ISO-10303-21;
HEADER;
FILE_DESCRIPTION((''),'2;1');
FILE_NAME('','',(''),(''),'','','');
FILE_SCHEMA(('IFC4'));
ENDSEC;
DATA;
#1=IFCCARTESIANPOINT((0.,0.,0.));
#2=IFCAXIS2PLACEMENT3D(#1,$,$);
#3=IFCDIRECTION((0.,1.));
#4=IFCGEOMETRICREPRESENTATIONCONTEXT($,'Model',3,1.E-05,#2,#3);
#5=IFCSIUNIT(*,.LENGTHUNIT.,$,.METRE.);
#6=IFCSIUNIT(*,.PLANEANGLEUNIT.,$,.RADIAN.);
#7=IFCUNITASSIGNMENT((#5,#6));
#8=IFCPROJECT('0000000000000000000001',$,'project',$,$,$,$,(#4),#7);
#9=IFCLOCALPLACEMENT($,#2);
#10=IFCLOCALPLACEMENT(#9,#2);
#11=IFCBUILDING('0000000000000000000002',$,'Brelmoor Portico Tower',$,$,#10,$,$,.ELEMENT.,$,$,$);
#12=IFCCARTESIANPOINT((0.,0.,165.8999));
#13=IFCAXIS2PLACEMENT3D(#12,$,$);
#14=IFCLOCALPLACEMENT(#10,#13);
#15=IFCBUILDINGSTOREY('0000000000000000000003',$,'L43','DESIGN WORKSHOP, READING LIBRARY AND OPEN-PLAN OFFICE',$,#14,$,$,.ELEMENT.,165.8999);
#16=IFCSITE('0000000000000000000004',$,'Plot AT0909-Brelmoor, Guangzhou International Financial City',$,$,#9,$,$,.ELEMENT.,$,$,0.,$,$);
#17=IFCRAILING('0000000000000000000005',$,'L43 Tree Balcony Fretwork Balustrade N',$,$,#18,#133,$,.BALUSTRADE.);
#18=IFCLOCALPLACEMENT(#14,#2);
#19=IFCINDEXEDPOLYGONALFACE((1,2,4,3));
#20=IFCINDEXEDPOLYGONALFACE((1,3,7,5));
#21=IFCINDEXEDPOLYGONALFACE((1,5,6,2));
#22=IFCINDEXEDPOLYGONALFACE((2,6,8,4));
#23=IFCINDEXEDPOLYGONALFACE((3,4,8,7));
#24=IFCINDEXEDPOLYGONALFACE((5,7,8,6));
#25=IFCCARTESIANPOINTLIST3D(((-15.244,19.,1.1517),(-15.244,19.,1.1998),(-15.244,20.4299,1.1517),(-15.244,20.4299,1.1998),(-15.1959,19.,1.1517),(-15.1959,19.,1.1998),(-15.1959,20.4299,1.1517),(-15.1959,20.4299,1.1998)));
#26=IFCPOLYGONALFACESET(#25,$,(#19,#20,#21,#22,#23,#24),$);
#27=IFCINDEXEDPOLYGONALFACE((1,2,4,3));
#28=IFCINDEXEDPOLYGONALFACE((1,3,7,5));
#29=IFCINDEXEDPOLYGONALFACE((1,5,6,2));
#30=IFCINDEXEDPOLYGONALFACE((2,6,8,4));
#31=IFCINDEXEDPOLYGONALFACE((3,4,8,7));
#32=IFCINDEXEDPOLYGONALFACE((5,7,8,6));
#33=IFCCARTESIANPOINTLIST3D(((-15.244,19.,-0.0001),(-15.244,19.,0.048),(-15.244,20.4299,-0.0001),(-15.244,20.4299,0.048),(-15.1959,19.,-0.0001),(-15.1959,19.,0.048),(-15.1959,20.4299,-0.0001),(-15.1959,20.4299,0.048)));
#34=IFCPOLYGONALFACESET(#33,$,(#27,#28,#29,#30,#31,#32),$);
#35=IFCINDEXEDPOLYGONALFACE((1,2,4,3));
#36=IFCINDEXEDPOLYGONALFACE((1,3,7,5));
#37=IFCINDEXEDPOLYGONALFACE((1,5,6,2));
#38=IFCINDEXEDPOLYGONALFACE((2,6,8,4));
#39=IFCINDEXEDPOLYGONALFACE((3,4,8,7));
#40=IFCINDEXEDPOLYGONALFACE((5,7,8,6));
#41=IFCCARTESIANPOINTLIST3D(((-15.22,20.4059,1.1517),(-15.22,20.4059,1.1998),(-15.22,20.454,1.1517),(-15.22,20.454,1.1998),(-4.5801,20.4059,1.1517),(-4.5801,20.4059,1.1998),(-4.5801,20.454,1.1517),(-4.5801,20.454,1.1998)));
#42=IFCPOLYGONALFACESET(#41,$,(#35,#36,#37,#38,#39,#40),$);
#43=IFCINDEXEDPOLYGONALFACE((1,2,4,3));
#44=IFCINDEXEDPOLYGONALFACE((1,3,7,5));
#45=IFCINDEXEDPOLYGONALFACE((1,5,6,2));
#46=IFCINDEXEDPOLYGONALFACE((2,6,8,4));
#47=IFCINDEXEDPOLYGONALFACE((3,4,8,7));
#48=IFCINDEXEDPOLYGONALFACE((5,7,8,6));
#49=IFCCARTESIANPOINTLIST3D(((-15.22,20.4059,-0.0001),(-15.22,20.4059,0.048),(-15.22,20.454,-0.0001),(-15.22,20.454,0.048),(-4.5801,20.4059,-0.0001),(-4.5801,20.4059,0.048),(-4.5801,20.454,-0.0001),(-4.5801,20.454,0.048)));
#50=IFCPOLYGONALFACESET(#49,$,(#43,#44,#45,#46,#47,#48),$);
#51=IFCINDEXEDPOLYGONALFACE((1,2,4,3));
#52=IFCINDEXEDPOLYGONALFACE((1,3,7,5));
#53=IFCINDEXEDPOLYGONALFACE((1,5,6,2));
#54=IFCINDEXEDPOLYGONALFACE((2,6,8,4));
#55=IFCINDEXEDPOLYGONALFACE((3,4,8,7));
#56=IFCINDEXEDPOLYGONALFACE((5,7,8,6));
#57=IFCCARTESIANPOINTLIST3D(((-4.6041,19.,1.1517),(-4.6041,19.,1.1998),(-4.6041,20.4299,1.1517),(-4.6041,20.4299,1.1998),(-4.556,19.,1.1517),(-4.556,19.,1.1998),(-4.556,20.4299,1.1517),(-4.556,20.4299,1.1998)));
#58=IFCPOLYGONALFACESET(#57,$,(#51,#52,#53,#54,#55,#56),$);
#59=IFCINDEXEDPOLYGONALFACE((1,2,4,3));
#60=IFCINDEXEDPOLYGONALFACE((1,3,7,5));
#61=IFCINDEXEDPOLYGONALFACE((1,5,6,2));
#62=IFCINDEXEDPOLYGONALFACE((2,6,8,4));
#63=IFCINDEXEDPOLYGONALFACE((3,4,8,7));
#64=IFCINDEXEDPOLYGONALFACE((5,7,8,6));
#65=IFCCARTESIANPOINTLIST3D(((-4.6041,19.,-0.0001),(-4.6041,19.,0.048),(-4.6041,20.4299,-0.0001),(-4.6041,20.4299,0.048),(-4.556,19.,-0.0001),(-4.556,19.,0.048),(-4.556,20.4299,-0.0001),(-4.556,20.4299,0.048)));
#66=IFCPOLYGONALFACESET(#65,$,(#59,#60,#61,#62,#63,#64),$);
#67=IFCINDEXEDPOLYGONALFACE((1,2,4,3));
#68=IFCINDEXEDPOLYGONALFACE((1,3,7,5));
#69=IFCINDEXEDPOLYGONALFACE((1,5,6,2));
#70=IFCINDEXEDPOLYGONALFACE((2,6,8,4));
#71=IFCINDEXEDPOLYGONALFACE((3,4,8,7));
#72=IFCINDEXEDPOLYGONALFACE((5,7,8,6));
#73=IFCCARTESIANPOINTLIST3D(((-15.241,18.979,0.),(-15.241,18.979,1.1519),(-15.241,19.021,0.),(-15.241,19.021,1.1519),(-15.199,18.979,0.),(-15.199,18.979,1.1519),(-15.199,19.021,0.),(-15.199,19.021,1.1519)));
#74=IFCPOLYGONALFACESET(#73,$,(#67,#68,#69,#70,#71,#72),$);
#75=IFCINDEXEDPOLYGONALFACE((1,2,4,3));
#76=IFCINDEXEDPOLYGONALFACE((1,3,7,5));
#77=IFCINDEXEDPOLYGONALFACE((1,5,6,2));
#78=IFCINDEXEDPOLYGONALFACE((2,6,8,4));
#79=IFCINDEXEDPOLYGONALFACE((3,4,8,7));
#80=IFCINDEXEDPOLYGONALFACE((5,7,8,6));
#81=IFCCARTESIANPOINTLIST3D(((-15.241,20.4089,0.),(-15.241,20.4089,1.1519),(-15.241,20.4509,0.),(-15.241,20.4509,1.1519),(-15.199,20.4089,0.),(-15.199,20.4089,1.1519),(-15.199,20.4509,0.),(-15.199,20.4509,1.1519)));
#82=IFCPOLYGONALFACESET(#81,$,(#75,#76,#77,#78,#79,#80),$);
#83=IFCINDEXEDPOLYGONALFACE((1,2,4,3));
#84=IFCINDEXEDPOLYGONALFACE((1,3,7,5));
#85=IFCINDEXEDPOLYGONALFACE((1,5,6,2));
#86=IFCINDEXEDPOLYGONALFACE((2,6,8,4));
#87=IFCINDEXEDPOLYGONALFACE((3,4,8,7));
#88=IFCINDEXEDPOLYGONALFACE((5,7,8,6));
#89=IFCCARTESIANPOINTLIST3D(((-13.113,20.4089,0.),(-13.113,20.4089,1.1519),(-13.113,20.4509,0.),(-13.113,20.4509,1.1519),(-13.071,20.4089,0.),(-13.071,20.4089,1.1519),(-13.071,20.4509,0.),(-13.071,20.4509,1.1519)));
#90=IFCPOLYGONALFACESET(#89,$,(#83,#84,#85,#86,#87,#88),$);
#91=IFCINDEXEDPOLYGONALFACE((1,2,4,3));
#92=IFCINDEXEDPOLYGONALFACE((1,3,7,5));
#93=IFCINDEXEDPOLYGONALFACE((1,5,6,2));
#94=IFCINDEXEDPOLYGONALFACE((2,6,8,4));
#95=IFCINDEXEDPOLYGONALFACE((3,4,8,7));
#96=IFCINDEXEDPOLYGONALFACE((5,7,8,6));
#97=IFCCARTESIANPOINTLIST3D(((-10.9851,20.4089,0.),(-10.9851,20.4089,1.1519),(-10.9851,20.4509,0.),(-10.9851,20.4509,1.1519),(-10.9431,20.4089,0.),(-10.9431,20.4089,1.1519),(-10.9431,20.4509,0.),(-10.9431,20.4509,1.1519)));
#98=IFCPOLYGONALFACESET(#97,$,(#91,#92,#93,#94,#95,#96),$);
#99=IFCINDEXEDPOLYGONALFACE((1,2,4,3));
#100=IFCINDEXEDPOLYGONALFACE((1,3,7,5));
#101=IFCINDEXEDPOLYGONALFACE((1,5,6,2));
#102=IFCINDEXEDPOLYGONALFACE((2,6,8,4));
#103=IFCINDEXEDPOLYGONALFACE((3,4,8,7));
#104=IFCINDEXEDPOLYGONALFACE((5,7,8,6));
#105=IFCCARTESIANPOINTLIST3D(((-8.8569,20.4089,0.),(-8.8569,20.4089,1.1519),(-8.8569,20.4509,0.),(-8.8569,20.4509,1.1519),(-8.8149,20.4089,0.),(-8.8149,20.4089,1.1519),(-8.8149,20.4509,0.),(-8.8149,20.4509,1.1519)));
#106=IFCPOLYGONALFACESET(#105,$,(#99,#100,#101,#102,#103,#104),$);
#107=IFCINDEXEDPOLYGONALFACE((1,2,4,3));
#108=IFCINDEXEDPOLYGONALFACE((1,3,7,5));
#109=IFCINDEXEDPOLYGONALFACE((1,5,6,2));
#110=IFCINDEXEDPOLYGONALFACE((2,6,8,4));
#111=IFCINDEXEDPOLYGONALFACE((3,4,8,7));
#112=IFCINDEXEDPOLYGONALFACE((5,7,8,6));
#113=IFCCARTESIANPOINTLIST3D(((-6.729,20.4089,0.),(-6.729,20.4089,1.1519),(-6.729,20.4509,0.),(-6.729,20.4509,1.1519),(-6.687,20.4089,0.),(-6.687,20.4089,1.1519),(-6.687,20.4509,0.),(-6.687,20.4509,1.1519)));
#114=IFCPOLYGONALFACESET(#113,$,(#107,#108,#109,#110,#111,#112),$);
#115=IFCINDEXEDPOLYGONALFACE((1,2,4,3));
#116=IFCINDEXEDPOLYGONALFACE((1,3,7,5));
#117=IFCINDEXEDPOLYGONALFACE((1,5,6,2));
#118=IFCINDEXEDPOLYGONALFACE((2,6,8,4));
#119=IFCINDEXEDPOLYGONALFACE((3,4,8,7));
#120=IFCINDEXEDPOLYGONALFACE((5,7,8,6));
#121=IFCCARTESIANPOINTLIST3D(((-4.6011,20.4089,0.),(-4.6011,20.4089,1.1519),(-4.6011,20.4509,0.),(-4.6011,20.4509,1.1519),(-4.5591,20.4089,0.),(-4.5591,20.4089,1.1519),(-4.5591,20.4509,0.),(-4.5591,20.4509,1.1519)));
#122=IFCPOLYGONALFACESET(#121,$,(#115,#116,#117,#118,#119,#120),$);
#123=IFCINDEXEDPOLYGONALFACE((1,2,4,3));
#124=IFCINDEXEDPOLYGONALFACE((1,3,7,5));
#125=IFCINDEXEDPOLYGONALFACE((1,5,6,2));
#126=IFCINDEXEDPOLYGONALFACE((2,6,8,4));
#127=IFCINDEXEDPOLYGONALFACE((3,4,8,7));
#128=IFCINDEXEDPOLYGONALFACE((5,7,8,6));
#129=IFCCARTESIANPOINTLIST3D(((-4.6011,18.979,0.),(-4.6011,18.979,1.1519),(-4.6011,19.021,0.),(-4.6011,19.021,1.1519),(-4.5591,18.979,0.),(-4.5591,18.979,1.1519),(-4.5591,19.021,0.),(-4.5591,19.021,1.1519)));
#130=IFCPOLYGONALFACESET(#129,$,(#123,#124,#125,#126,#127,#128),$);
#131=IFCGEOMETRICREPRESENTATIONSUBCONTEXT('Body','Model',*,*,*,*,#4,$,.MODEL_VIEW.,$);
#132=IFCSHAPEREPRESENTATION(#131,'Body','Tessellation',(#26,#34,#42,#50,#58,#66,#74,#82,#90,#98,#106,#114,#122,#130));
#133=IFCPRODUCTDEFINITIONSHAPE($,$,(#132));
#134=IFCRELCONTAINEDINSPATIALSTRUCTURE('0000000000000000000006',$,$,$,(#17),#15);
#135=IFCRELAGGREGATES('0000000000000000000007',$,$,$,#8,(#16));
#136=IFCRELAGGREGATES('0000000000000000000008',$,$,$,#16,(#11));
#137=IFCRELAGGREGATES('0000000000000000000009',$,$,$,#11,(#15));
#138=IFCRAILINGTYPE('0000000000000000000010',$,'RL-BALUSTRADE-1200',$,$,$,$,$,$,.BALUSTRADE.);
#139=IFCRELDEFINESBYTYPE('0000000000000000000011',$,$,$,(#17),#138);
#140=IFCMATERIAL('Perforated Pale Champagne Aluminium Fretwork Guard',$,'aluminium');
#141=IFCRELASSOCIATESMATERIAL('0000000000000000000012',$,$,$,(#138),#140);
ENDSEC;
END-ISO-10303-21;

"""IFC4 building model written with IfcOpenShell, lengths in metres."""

from ifc_helpers import new_model, si_unit, direction, frame, origin, origin_2d, place, context, subcontext, project, spatial, rectangle, extrude, material, type_object, element, save


model = new_model("IFC4")

# Units and contexts
model_context = context("Model", 3, precision=1e-05, world=origin(), true_north=direction((0.0, 1.0)))
body_context = subcontext(model_context, "Body", "Model", "MODEL_VIEW")
ifc_project = project(units=[si_unit("LENGTHUNIT", "METRE"), si_unit("PLANEANGLEUNIT", "RADIAN")], contexts=[model_context])

# Site, building, storey
site_placement = place(None, origin())
site = spatial("IfcSite", under=ifc_project, at=site_placement, Name="Plot AT0909-Brelmoor, Guangzhou International Financial City", CompositionType="ELEMENT", RefElevation=0.0)
building_placement = place(site_placement, origin())
building = spatial("IfcBuilding", under=site, at=building_placement, Name="Brelmoor Portico Tower", CompositionType="ELEMENT")
storey_placement = place(building_placement, frame((0.0, 0.0, 165.8999)))
storey = spatial("IfcBuildingStorey", under=building, at=storey_placement, Name="L43", Description="DESIGN WORKSHOP, READING LIBRARY AND OPEN-PLAN OFFICE", CompositionType="ELEMENT", Elevation=165.8999)

# Railing
ifc_material_1 = material(Name="Perforated Pale Champagne Aluminium Fretwork Guard", Category="aluminium")
railing_type = type_object("IfcRailingType", Name="RL-BALUSTRADE-1200", PredefinedType="BALUSTRADE", material=ifc_material_1)
railing_placement = place(storey_placement, frame((-15.22, 19.0, 0.0)))
element("IfcRailing", 1, at=railing_placement, inside=storey, type_object=railing_type, Name="L43 Tree Balcony Fretwork Balustrade N", PredefinedType="BALUSTRADE", context=body_context, shape_type="SweptSolid", body=[
    extrude(rectangle(XDim=0.0481, YDim=0.0481, at=origin_2d()), frame((0.0, 0.0, 1.1758), z_axis=(0.0, 1.0, 0.0), x_axis=(-1.0, 0.0, 0.0)), (0.0, 0.0, 1.0), 1.4299),
    extrude(rectangle(XDim=0.0481, YDim=0.0481, at=origin_2d()), frame((0.0, 0.0, 0.0239), z_axis=(0.0, 1.0, 0.0), x_axis=(-1.0, 0.0, 0.0)), (0.0, 0.0, 1.0), 1.4299),
    extrude(rectangle(XDim=0.0481, YDim=0.0481, at=origin_2d()), frame((0.0, 1.4299, 1.1758), z_axis=(1.0, 0.0, 0.0), x_axis=(0.0, 1.0, 0.0)), (0.0, 0.0, 1.0), 10.6399),
    extrude(rectangle(XDim=0.0481, YDim=0.0481, at=origin_2d()), frame((0.0, 1.4299, 0.0239), z_axis=(1.0, 0.0, 0.0), x_axis=(0.0, 1.0, 0.0)), (0.0, 0.0, 1.0), 10.6399),
    extrude(rectangle(XDim=0.0481, YDim=0.0481, at=origin_2d()), frame((10.6399, 1.4299, 1.1758), z_axis=(0.0, -1.0, 0.0), x_axis=(1.0, 0.0, 0.0)), (0.0, 0.0, 1.0), 1.4299),
    extrude(rectangle(XDim=0.0481, YDim=0.0481, at=origin_2d()), frame((10.6399, 1.4299, 0.0239), z_axis=(0.0, -1.0, 0.0), x_axis=(1.0, 0.0, 0.0)), (0.0, 0.0, 1.0), 1.4299),
    extrude(rectangle(XDim=0.042, YDim=0.042, at=origin_2d()), origin(), (0.0, 0.0, 1.0), 1.1519),
    extrude(rectangle(XDim=0.042, YDim=0.042, at=origin_2d()), frame((0.0, 1.4299, 0.0)), (0.0, 0.0, 1.0), 1.1519),
    extrude(rectangle(XDim=0.042, YDim=0.042, at=origin_2d()), frame((2.1279, 1.4299, 0.0)), (0.0, 0.0, 1.0), 1.1519),
    extrude(rectangle(XDim=0.042, YDim=0.042, at=origin_2d()), frame((4.2559, 1.4299, 0.0)), (0.0, 0.0, 1.0), 1.1519),
    extrude(rectangle(XDim=0.042, YDim=0.042, at=origin_2d()), frame((6.384, 1.4299, 0.0)), (0.0, 0.0, 1.0), 1.1519),
    extrude(rectangle(XDim=0.042, YDim=0.042, at=origin_2d()), frame((8.512, 1.4299, 0.0)), (0.0, 0.0, 1.0), 1.1519),
    extrude(rectangle(XDim=0.042, YDim=0.042, at=origin_2d()), frame((10.6399, 1.4299, 0.0)), (0.0, 0.0, 1.0), 1.1519),
    extrude(rectangle(XDim=0.042, YDim=0.042, at=origin_2d()), frame((10.6399, 0.0, 0.0)), (0.0, 0.0, 1.0), 1.1519),
])

save(model, "model.ifc")
